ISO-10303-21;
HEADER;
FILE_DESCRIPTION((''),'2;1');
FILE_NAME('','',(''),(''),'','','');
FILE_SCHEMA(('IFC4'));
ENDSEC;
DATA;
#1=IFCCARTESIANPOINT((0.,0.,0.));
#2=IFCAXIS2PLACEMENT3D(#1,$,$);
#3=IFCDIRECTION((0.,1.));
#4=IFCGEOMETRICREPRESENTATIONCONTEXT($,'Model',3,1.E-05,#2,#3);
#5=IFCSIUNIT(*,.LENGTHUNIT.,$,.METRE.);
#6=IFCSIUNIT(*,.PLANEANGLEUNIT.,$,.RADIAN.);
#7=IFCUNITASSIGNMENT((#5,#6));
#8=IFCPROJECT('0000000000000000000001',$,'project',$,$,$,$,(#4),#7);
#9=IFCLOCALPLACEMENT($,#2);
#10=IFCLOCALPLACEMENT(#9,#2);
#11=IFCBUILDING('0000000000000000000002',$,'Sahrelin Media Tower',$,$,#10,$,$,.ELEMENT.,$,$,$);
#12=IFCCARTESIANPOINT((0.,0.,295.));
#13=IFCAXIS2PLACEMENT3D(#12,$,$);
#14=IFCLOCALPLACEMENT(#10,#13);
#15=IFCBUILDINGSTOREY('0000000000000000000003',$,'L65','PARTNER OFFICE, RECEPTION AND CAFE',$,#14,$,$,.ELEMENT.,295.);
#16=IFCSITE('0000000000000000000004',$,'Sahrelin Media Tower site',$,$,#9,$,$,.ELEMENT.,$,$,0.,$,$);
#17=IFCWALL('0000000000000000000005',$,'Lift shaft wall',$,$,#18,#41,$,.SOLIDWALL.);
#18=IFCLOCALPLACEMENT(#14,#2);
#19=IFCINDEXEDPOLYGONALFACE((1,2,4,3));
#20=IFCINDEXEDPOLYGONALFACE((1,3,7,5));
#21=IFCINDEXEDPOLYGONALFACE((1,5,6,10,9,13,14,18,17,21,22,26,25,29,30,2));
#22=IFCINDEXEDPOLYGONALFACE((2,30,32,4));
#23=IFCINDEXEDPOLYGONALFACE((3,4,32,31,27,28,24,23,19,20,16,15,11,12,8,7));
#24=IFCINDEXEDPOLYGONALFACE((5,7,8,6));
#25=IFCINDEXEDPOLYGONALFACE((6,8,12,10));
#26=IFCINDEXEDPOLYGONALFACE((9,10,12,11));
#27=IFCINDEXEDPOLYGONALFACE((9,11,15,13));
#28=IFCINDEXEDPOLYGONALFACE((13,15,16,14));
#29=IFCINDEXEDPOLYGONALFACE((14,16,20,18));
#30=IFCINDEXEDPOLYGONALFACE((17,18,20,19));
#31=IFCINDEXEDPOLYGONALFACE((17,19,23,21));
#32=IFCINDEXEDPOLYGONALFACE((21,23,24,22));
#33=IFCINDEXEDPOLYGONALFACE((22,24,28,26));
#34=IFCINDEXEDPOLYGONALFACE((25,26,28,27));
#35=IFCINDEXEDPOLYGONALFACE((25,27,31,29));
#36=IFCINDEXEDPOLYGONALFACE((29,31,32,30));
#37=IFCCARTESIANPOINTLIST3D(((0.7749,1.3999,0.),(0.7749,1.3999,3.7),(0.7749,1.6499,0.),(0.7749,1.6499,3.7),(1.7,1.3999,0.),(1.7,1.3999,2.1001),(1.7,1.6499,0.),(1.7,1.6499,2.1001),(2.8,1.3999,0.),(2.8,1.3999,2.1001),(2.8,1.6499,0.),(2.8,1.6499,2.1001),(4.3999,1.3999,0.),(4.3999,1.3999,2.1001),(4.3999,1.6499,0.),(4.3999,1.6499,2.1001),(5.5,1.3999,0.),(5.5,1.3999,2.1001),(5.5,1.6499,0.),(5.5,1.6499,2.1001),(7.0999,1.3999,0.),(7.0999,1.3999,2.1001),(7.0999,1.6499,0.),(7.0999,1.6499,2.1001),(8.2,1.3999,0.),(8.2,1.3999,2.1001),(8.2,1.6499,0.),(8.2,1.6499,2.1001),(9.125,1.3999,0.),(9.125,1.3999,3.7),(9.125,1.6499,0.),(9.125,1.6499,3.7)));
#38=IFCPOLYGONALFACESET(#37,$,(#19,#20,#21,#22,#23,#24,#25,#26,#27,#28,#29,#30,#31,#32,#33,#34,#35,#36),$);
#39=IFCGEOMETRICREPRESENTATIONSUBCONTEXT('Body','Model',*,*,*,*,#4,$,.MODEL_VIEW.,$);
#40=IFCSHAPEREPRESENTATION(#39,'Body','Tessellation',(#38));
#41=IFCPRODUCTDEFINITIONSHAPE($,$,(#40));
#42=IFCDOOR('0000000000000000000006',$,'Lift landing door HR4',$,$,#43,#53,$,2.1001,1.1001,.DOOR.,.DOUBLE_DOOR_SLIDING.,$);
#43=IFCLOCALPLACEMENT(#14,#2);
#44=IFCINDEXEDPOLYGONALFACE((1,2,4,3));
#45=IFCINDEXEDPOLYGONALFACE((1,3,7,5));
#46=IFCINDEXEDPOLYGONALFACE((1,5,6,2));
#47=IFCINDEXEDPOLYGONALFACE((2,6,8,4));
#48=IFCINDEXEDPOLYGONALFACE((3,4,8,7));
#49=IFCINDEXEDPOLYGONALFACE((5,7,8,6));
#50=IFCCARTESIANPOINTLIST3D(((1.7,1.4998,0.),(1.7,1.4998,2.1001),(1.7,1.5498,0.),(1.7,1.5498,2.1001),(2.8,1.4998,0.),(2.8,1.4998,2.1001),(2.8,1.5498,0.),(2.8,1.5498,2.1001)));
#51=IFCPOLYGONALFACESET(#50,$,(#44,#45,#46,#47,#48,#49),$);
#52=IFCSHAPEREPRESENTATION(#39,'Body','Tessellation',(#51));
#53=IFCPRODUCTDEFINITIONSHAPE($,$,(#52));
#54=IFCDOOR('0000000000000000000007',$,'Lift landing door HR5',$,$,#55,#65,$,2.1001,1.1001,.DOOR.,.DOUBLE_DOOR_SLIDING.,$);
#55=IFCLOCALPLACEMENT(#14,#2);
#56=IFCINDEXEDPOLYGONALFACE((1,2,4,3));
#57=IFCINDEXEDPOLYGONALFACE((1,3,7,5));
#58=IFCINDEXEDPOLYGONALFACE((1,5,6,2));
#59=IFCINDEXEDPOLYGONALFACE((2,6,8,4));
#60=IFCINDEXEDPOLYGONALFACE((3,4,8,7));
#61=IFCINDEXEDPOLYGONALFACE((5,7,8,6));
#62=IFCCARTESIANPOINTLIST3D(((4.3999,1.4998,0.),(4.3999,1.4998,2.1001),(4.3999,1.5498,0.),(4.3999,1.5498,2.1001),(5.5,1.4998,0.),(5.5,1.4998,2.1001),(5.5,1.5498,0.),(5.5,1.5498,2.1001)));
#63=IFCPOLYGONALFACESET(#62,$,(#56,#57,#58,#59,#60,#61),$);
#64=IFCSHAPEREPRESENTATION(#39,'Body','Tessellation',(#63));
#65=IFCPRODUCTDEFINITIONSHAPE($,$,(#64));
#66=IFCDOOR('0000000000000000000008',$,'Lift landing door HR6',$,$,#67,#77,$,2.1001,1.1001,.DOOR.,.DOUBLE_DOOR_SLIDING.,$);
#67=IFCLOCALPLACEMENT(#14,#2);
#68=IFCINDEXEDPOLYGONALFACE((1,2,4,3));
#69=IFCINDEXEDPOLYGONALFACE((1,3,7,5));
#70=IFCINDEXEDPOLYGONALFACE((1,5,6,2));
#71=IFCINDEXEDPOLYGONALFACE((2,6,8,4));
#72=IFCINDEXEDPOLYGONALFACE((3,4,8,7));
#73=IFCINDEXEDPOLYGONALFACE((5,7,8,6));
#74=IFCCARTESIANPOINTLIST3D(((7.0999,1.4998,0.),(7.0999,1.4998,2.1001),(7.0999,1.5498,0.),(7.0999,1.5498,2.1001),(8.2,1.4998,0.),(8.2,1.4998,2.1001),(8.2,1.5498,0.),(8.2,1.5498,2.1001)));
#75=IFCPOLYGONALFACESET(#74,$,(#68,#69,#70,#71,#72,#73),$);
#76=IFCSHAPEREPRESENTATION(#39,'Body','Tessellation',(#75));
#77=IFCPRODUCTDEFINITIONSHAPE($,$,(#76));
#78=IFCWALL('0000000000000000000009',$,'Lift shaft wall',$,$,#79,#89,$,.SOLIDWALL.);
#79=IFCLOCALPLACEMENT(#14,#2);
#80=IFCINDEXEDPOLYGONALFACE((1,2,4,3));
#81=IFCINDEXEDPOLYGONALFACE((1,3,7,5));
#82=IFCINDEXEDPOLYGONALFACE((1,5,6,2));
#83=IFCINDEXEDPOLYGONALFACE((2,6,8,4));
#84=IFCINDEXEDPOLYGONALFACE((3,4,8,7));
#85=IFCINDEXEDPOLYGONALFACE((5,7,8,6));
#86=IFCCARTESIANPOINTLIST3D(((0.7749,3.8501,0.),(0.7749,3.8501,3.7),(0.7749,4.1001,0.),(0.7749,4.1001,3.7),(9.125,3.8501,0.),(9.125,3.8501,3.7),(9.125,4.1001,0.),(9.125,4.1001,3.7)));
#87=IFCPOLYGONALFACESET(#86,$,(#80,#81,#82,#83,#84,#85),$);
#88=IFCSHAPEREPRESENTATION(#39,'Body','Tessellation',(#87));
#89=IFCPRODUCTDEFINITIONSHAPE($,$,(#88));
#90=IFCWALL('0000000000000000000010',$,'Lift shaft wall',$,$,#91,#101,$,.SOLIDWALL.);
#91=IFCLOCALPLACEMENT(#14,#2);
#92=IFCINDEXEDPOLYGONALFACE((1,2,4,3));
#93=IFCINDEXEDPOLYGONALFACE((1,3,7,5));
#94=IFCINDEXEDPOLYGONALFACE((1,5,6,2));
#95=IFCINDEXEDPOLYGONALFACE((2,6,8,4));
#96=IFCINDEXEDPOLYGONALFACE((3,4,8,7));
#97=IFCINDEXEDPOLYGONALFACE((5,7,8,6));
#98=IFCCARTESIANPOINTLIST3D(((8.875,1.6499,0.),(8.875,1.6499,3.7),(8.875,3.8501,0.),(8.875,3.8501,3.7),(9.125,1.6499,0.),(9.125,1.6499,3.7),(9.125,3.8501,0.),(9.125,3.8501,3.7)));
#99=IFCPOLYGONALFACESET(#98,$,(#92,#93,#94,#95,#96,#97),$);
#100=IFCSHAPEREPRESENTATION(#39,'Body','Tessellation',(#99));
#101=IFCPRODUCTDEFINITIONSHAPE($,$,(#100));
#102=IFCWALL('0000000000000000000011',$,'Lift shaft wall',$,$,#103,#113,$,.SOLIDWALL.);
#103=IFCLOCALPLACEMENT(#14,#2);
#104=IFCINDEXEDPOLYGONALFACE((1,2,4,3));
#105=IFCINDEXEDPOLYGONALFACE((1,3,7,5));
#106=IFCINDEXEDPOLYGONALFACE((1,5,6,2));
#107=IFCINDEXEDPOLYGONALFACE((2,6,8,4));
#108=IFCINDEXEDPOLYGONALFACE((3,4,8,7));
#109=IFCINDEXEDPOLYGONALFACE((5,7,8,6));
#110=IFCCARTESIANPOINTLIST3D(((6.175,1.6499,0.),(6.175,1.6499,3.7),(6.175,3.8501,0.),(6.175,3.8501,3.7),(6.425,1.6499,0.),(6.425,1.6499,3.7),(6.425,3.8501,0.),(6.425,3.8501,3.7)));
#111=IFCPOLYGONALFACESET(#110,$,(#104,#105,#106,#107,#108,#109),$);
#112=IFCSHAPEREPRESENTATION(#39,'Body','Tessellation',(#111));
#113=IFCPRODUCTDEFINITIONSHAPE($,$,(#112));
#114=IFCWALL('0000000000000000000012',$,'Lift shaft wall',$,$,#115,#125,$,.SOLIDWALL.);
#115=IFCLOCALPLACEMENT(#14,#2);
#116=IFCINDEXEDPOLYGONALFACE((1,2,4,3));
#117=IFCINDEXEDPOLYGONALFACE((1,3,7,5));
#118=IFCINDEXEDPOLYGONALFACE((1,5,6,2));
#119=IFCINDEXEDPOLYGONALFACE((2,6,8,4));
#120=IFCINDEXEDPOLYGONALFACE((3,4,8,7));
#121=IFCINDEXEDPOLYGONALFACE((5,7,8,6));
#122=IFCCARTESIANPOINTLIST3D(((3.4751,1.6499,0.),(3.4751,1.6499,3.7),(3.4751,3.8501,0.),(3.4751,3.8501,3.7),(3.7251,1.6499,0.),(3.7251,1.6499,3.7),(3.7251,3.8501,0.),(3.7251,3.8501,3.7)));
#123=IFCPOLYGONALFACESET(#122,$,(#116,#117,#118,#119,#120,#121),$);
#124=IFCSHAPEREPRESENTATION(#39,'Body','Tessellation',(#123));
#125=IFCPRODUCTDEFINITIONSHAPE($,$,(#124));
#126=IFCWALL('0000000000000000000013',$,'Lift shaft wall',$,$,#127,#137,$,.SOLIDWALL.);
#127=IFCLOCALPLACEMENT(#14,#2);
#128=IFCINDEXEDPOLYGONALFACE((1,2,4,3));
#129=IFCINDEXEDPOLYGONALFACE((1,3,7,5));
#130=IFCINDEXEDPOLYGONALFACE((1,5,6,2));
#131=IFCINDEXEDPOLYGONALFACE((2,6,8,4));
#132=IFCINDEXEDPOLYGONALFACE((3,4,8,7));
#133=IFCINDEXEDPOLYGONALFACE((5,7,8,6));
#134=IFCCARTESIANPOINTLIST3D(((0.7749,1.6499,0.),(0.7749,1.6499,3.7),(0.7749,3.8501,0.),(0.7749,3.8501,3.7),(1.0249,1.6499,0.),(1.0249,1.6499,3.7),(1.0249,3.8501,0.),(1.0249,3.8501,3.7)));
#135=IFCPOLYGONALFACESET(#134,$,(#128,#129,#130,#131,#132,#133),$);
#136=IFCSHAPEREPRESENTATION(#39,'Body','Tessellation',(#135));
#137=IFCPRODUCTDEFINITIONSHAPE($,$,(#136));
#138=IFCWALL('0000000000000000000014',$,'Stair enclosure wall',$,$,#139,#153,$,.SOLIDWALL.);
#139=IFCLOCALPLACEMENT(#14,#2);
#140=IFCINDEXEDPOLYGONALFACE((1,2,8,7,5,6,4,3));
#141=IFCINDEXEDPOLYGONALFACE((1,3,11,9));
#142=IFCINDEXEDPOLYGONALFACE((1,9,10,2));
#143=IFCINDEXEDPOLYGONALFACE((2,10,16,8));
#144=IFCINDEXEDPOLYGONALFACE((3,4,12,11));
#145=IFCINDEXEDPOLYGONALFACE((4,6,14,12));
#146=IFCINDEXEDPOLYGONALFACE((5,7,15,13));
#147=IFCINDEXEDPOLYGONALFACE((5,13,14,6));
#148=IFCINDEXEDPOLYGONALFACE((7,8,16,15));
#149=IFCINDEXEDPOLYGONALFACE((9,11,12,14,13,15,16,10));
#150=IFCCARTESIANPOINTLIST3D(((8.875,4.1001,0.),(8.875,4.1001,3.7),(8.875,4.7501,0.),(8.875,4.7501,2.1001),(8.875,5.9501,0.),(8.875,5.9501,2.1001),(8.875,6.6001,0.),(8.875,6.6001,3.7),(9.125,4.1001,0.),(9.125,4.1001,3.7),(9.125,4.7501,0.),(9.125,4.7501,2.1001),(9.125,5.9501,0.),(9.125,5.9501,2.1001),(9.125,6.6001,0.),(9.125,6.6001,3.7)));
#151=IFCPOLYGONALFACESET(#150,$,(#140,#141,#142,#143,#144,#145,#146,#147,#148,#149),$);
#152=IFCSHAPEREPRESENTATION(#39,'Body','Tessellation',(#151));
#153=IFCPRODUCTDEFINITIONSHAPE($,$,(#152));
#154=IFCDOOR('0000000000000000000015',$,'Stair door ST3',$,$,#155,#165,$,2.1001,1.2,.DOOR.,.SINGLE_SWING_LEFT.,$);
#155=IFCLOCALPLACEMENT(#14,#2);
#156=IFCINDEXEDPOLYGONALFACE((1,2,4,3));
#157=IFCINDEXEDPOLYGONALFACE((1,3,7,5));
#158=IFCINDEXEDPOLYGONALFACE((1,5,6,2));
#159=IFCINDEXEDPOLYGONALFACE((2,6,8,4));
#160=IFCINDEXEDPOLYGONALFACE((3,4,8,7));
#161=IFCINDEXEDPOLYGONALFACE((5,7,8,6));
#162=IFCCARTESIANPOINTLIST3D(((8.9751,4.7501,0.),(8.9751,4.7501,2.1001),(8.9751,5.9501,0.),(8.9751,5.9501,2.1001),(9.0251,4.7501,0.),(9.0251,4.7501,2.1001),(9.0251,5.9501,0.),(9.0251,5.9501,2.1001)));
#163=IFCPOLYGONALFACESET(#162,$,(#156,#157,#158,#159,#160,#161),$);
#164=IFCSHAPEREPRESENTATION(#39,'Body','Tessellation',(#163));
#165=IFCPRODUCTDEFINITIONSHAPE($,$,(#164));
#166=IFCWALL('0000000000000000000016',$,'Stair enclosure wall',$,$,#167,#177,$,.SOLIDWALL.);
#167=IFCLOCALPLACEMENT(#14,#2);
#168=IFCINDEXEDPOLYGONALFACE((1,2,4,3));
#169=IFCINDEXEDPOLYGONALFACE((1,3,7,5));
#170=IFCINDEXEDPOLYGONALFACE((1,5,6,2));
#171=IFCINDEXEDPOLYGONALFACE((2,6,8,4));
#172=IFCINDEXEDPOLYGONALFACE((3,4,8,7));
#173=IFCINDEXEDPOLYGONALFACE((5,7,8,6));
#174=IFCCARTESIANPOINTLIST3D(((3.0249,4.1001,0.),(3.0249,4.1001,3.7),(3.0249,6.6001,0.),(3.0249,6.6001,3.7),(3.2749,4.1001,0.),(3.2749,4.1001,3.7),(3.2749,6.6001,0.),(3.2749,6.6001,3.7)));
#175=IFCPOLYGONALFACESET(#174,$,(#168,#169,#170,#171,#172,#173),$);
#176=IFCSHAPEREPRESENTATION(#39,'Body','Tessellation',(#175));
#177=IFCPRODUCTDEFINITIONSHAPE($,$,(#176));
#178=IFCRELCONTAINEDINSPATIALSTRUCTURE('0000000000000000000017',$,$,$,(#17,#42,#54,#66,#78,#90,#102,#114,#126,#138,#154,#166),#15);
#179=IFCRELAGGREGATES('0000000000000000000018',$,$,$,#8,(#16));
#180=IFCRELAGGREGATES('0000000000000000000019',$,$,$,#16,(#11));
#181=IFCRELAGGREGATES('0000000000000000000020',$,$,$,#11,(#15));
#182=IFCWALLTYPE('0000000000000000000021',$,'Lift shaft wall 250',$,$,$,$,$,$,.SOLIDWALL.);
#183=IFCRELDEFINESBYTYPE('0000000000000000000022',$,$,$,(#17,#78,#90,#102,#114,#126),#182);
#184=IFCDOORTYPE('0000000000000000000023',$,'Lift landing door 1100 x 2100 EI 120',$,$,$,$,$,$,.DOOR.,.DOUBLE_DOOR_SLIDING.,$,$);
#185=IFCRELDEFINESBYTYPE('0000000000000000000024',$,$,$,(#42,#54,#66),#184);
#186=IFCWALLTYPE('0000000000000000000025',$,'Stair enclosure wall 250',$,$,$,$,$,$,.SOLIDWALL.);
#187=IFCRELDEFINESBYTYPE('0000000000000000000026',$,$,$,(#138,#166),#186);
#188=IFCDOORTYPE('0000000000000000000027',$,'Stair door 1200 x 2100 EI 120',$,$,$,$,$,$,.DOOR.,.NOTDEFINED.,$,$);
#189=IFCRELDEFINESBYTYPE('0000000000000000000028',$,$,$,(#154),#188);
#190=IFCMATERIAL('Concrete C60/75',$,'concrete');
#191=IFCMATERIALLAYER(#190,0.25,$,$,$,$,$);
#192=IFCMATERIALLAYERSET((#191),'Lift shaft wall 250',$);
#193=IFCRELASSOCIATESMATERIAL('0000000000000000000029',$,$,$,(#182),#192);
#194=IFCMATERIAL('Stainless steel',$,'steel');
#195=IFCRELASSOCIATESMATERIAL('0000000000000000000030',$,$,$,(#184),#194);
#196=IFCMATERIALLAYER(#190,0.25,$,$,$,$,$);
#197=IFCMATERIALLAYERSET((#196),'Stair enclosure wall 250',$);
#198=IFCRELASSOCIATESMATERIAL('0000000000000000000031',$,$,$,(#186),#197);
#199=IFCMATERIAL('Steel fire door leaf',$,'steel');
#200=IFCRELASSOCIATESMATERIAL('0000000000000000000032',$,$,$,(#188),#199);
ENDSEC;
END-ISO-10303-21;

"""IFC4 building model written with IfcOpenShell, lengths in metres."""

from ifc_helpers import new_model, si_unit, direction, frame, frame_2d, origin, place, context, subcontext, project, spatial, rectangle, extrude, material, layer, layer_set, type_object, element, fill, save


model = new_model("IFC4")

# Units and contexts
model_context = context("Model", 3, precision=1e-05, world=origin(), true_north=direction((0.0, 1.0)))
body_context = subcontext(model_context, "Body", "Model", "MODEL_VIEW")
ifc_project = project(units=[si_unit("LENGTHUNIT", "METRE"), si_unit("PLANEANGLEUNIT", "RADIAN")], contexts=[model_context])

# Site, building, storey
site_placement = place(None, origin())
site = spatial("IfcSite", under=ifc_project, at=site_placement, Name="Sahrelin Media Tower site", CompositionType="ELEMENT", RefElevation=0.0)
building_placement = place(site_placement, origin())
building = spatial("IfcBuilding", under=site, at=building_placement, Name="Sahrelin Media Tower", CompositionType="ELEMENT")
storey_placement = place(building_placement, frame((0.0, 0.0, 295.0)))
storey = spatial("IfcBuildingStorey", under=building, at=storey_placement, Name="L65", Description="PARTNER OFFICE, RECEPTION AND CAFE", CompositionType="ELEMENT", Elevation=295.0)

# Wall, openings, doors
ifc_material_1 = material(Name="Concrete C60/75", Category="concrete")
ifc_layer_1 = layer(ifc_material_1, 0.25)
ifc_layer_set_1 = layer_set([ifc_layer_1], Name="Lift shaft wall 250")
wall_type_1 = type_object("IfcWallType", Name="Lift shaft wall 250", PredefinedType="SOLIDWALL", material=ifc_layer_set_1)
wall_1_placement = place(storey_placement, frame((0.7749, 1.5249, 0.0), z_axis=(0.0, 0.0, 1.0), x_axis=(1.0, 0.0, 0.0)))
wall_1 = element("IfcWall", 1, at=wall_1_placement, inside=storey, type_object=wall_type_1, Name="Lift shaft wall", PredefinedType="SOLIDWALL", context=body_context, shape_type="SweptSolid", body=[
    extrude(rectangle(XDim=8.3501, YDim=0.25, at=frame_2d((4.175, 0.0))), origin(), (0.0, 0.0, 1.0), 3.7),
])
opening_1_placement = place(wall_1_placement, frame((0.925, 0.0, 0.0)))
opening_1 = element("IfcOpeningElement", 2, at=opening_1_placement, cuts=wall_1, PredefinedType="OPENING", context=body_context, shape_type="SweptSolid", body=[
    extrude(rectangle(XDim=1.1001, YDim=2.1001, at=frame_2d((0.55, 1.05))), frame((0.0, 0.125, 0.0), z_axis=(0.0, -1.0, 0.0), x_axis=(1.0, 0.0, 0.0)), (0.0, 0.0, 1.0), 0.25),
])
opening_2_placement = place(wall_1_placement, frame((3.625, 0.0, 0.0)))
opening_2 = element("IfcOpeningElement", 3, at=opening_2_placement, cuts=wall_1, PredefinedType="OPENING", context=body_context, shape_type="SweptSolid", body=[
    extrude(rectangle(XDim=1.1001, YDim=2.1001, at=frame_2d((0.55, 1.05))), frame((0.0, 0.125, 0.0), z_axis=(0.0, -1.0, 0.0), x_axis=(1.0, 0.0, 0.0)), (0.0, 0.0, 1.0), 0.25),
])
opening_3_placement = place(wall_1_placement, frame((6.325, 0.0, 0.0)))
opening_3 = element("IfcOpeningElement", 4, at=opening_3_placement, cuts=wall_1, PredefinedType="OPENING", context=body_context, shape_type="SweptSolid", body=[
    extrude(rectangle(XDim=1.1001, YDim=2.1001, at=frame_2d((0.55, 1.05))), frame((0.0, 0.125, 0.0), z_axis=(0.0, -1.0, 0.0), x_axis=(1.0, 0.0, 0.0)), (0.0, 0.0, 1.0), 0.25),
])
ifc_material_2 = material(Name="Stainless steel", Category="steel")
door_type_1 = type_object("IfcDoorType", Name="Lift landing door 1100 x 2100 EI 120", OperationType="DOUBLE_DOOR_SLIDING", PredefinedType="DOOR", material=ifc_material_2)
door_1_placement = place(opening_1_placement, origin())
door_1 = element("IfcDoor", 5, at=door_1_placement, inside=storey, type_object=door_type_1, Name="Lift landing door HR4", OperationType="DOUBLE_DOOR_SLIDING", OverallHeight=2.1001, OverallWidth=1.1001, PredefinedType="DOOR", context=body_context, shape_type="SweptSolid", body=[
    extrude(rectangle(XDim=1.1001, YDim=2.1001, at=frame_2d((0.55, 1.05))), frame((0.0, 0.0249, 0.0), z_axis=(0.0, -1.0, 0.0), x_axis=(1.0, 0.0, 0.0)), (0.0, 0.0, 1.0), 0.05),
])
fill(opening_1, door_1)
door_2_placement = place(opening_2_placement, origin())
door_2 = element("IfcDoor", 6, at=door_2_placement, inside=storey, type_object=door_type_1, Name="Lift landing door HR5", OperationType="DOUBLE_DOOR_SLIDING", OverallHeight=2.1001, OverallWidth=1.1001, PredefinedType="DOOR", context=body_context, shape_type="SweptSolid", body=[
    extrude(rectangle(XDim=1.1001, YDim=2.1001, at=frame_2d((0.55, 1.05))), frame((0.0, 0.0249, 0.0), z_axis=(0.0, -1.0, 0.0), x_axis=(1.0, 0.0, 0.0)), (0.0, 0.0, 1.0), 0.05),
])
fill(opening_2, door_2)
door_3_placement = place(opening_3_placement, origin())
door_3 = element("IfcDoor", 7, at=door_3_placement, inside=storey, type_object=door_type_1, Name="Lift landing door HR6", OperationType="DOUBLE_DOOR_SLIDING", OverallHeight=2.1001, OverallWidth=1.1001, PredefinedType="DOOR", context=body_context, shape_type="SweptSolid", body=[
    extrude(rectangle(XDim=1.1001, YDim=2.1001, at=frame_2d((0.55, 1.05))), frame((0.0, 0.0249, 0.0), z_axis=(0.0, -1.0, 0.0), x_axis=(1.0, 0.0, 0.0)), (0.0, 0.0, 1.0), 0.05),
])
fill(opening_3, door_3)

# Walls
wall_2_placement = place(storey_placement, frame((0.7749, 3.9751, 0.0), z_axis=(0.0, 0.0, 1.0), x_axis=(1.0, 0.0, 0.0)))
element("IfcWall", 8, at=wall_2_placement, inside=storey, type_object=wall_type_1, Name="Lift shaft wall", PredefinedType="SOLIDWALL", context=body_context, shape_type="SweptSolid", body=[
    extrude(rectangle(XDim=8.3501, YDim=0.25, at=frame_2d((4.175, 0.0))), origin(), (0.0, 0.0, 1.0), 3.7),
])
for number, where, z_axis, x_axis, name in (
    (9, (9.0, 1.6499, 0.0), (0.0, 0.0, 1.0), (0.0, 1.0, 0.0), "Lift shaft wall"),
    (10, (6.3, 1.6499, 0.0), (0.0, 0.0, 1.0), (0.0, 1.0, 0.0), "Lift shaft wall"),
    (11, (3.6001, 1.6499, 0.0), (0.0, 0.0, 1.0), (0.0, 1.0, 0.0), "Lift shaft wall"),
    (12, (0.8999, 1.6499, 0.0), (0.0, 0.0, 1.0), (0.0, 1.0, 0.0), "Lift shaft wall"),
):
    element("IfcWall", number, at=place(storey_placement, frame(where, z_axis=z_axis, x_axis=x_axis)), inside=storey, type_object=wall_type_1, Name=name, PredefinedType="SOLIDWALL", context=body_context, shape_type="SweptSolid", body=[
        extrude(rectangle(XDim=2.2002, YDim=0.25, at=frame_2d((1.1001, 0.0))), origin(), (0.0, 0.0, 1.0), 3.7),
    ])

# Wall, opening, door
ifc_layer_2 = layer(ifc_material_1, 0.25)
ifc_layer_set_2 = layer_set([ifc_layer_2], Name="Stair enclosure wall 250")
wall_type_2 = type_object("IfcWallType", Name="Stair enclosure wall 250", PredefinedType="SOLIDWALL", material=ifc_layer_set_2)
wall_3_placement = place(storey_placement, frame((9.0, 4.1001, 0.0), z_axis=(0.0, 0.0, 1.0), x_axis=(0.0, 1.0, 0.0)))
wall_3 = element("IfcWall", 13, at=wall_3_placement, inside=storey, type_object=wall_type_2, Name="Stair enclosure wall", PredefinedType="SOLIDWALL", context=body_context, shape_type="SweptSolid", body=[
    extrude(rectangle(XDim=2.5, YDim=0.25, at=frame_2d((1.25, 0.0))), origin(), (0.0, 0.0, 1.0), 3.7),
])
opening_4_placement = place(wall_3_placement, frame((0.6499, 0.0, 0.0)))
opening_4 = element("IfcOpeningElement", 14, at=opening_4_placement, cuts=wall_3, PredefinedType="OPENING", context=body_context, shape_type="SweptSolid", body=[
    extrude(rectangle(XDim=1.2, YDim=2.1001, at=frame_2d((0.6001, 1.05))), frame((0.0, 0.125, 0.0), z_axis=(0.0, -1.0, 0.0), x_axis=(1.0, 0.0, 0.0)), (0.0, 0.0, 1.0), 0.25),
])
ifc_material_3 = material(Name="Steel fire door leaf", Category="steel")
door_type_2 = type_object("IfcDoorType", Name="Stair door 1200 x 2100 EI 120", OperationType="NOTDEFINED", PredefinedType="DOOR", material=ifc_material_3)
door_4_placement = place(opening_4_placement, origin())
door_4 = element("IfcDoor", 15, at=door_4_placement, inside=storey, type_object=door_type_2, Name="Stair door ST3", OperationType="SINGLE_SWING_LEFT", OverallHeight=2.1001, OverallWidth=1.2, PredefinedType="DOOR", context=body_context, shape_type="SweptSolid", body=[
    extrude(rectangle(XDim=1.2, YDim=2.1001, at=frame_2d((0.6001, 1.05))), frame((0.0, 0.0249, 0.0), z_axis=(0.0, -1.0, 0.0), x_axis=(1.0, 0.0, 0.0)), (0.0, 0.0, 1.0), 0.05),
])
fill(opening_4, door_4)

# Wall
wall_4_placement = place(storey_placement, frame((3.1499, 4.1001, 0.0), z_axis=(0.0, 0.0, 1.0), x_axis=(0.0, 1.0, 0.0)))
element("IfcWall", 16, at=wall_4_placement, inside=storey, type_object=wall_type_2, Name="Stair enclosure wall", PredefinedType="SOLIDWALL", context=body_context, shape_type="SweptSolid", body=[
    extrude(rectangle(XDim=2.5, YDim=0.25, at=frame_2d((1.25, 0.0))), origin(), (0.0, 0.0, 1.0), 3.7),
])

save(model, "model.ifc")
